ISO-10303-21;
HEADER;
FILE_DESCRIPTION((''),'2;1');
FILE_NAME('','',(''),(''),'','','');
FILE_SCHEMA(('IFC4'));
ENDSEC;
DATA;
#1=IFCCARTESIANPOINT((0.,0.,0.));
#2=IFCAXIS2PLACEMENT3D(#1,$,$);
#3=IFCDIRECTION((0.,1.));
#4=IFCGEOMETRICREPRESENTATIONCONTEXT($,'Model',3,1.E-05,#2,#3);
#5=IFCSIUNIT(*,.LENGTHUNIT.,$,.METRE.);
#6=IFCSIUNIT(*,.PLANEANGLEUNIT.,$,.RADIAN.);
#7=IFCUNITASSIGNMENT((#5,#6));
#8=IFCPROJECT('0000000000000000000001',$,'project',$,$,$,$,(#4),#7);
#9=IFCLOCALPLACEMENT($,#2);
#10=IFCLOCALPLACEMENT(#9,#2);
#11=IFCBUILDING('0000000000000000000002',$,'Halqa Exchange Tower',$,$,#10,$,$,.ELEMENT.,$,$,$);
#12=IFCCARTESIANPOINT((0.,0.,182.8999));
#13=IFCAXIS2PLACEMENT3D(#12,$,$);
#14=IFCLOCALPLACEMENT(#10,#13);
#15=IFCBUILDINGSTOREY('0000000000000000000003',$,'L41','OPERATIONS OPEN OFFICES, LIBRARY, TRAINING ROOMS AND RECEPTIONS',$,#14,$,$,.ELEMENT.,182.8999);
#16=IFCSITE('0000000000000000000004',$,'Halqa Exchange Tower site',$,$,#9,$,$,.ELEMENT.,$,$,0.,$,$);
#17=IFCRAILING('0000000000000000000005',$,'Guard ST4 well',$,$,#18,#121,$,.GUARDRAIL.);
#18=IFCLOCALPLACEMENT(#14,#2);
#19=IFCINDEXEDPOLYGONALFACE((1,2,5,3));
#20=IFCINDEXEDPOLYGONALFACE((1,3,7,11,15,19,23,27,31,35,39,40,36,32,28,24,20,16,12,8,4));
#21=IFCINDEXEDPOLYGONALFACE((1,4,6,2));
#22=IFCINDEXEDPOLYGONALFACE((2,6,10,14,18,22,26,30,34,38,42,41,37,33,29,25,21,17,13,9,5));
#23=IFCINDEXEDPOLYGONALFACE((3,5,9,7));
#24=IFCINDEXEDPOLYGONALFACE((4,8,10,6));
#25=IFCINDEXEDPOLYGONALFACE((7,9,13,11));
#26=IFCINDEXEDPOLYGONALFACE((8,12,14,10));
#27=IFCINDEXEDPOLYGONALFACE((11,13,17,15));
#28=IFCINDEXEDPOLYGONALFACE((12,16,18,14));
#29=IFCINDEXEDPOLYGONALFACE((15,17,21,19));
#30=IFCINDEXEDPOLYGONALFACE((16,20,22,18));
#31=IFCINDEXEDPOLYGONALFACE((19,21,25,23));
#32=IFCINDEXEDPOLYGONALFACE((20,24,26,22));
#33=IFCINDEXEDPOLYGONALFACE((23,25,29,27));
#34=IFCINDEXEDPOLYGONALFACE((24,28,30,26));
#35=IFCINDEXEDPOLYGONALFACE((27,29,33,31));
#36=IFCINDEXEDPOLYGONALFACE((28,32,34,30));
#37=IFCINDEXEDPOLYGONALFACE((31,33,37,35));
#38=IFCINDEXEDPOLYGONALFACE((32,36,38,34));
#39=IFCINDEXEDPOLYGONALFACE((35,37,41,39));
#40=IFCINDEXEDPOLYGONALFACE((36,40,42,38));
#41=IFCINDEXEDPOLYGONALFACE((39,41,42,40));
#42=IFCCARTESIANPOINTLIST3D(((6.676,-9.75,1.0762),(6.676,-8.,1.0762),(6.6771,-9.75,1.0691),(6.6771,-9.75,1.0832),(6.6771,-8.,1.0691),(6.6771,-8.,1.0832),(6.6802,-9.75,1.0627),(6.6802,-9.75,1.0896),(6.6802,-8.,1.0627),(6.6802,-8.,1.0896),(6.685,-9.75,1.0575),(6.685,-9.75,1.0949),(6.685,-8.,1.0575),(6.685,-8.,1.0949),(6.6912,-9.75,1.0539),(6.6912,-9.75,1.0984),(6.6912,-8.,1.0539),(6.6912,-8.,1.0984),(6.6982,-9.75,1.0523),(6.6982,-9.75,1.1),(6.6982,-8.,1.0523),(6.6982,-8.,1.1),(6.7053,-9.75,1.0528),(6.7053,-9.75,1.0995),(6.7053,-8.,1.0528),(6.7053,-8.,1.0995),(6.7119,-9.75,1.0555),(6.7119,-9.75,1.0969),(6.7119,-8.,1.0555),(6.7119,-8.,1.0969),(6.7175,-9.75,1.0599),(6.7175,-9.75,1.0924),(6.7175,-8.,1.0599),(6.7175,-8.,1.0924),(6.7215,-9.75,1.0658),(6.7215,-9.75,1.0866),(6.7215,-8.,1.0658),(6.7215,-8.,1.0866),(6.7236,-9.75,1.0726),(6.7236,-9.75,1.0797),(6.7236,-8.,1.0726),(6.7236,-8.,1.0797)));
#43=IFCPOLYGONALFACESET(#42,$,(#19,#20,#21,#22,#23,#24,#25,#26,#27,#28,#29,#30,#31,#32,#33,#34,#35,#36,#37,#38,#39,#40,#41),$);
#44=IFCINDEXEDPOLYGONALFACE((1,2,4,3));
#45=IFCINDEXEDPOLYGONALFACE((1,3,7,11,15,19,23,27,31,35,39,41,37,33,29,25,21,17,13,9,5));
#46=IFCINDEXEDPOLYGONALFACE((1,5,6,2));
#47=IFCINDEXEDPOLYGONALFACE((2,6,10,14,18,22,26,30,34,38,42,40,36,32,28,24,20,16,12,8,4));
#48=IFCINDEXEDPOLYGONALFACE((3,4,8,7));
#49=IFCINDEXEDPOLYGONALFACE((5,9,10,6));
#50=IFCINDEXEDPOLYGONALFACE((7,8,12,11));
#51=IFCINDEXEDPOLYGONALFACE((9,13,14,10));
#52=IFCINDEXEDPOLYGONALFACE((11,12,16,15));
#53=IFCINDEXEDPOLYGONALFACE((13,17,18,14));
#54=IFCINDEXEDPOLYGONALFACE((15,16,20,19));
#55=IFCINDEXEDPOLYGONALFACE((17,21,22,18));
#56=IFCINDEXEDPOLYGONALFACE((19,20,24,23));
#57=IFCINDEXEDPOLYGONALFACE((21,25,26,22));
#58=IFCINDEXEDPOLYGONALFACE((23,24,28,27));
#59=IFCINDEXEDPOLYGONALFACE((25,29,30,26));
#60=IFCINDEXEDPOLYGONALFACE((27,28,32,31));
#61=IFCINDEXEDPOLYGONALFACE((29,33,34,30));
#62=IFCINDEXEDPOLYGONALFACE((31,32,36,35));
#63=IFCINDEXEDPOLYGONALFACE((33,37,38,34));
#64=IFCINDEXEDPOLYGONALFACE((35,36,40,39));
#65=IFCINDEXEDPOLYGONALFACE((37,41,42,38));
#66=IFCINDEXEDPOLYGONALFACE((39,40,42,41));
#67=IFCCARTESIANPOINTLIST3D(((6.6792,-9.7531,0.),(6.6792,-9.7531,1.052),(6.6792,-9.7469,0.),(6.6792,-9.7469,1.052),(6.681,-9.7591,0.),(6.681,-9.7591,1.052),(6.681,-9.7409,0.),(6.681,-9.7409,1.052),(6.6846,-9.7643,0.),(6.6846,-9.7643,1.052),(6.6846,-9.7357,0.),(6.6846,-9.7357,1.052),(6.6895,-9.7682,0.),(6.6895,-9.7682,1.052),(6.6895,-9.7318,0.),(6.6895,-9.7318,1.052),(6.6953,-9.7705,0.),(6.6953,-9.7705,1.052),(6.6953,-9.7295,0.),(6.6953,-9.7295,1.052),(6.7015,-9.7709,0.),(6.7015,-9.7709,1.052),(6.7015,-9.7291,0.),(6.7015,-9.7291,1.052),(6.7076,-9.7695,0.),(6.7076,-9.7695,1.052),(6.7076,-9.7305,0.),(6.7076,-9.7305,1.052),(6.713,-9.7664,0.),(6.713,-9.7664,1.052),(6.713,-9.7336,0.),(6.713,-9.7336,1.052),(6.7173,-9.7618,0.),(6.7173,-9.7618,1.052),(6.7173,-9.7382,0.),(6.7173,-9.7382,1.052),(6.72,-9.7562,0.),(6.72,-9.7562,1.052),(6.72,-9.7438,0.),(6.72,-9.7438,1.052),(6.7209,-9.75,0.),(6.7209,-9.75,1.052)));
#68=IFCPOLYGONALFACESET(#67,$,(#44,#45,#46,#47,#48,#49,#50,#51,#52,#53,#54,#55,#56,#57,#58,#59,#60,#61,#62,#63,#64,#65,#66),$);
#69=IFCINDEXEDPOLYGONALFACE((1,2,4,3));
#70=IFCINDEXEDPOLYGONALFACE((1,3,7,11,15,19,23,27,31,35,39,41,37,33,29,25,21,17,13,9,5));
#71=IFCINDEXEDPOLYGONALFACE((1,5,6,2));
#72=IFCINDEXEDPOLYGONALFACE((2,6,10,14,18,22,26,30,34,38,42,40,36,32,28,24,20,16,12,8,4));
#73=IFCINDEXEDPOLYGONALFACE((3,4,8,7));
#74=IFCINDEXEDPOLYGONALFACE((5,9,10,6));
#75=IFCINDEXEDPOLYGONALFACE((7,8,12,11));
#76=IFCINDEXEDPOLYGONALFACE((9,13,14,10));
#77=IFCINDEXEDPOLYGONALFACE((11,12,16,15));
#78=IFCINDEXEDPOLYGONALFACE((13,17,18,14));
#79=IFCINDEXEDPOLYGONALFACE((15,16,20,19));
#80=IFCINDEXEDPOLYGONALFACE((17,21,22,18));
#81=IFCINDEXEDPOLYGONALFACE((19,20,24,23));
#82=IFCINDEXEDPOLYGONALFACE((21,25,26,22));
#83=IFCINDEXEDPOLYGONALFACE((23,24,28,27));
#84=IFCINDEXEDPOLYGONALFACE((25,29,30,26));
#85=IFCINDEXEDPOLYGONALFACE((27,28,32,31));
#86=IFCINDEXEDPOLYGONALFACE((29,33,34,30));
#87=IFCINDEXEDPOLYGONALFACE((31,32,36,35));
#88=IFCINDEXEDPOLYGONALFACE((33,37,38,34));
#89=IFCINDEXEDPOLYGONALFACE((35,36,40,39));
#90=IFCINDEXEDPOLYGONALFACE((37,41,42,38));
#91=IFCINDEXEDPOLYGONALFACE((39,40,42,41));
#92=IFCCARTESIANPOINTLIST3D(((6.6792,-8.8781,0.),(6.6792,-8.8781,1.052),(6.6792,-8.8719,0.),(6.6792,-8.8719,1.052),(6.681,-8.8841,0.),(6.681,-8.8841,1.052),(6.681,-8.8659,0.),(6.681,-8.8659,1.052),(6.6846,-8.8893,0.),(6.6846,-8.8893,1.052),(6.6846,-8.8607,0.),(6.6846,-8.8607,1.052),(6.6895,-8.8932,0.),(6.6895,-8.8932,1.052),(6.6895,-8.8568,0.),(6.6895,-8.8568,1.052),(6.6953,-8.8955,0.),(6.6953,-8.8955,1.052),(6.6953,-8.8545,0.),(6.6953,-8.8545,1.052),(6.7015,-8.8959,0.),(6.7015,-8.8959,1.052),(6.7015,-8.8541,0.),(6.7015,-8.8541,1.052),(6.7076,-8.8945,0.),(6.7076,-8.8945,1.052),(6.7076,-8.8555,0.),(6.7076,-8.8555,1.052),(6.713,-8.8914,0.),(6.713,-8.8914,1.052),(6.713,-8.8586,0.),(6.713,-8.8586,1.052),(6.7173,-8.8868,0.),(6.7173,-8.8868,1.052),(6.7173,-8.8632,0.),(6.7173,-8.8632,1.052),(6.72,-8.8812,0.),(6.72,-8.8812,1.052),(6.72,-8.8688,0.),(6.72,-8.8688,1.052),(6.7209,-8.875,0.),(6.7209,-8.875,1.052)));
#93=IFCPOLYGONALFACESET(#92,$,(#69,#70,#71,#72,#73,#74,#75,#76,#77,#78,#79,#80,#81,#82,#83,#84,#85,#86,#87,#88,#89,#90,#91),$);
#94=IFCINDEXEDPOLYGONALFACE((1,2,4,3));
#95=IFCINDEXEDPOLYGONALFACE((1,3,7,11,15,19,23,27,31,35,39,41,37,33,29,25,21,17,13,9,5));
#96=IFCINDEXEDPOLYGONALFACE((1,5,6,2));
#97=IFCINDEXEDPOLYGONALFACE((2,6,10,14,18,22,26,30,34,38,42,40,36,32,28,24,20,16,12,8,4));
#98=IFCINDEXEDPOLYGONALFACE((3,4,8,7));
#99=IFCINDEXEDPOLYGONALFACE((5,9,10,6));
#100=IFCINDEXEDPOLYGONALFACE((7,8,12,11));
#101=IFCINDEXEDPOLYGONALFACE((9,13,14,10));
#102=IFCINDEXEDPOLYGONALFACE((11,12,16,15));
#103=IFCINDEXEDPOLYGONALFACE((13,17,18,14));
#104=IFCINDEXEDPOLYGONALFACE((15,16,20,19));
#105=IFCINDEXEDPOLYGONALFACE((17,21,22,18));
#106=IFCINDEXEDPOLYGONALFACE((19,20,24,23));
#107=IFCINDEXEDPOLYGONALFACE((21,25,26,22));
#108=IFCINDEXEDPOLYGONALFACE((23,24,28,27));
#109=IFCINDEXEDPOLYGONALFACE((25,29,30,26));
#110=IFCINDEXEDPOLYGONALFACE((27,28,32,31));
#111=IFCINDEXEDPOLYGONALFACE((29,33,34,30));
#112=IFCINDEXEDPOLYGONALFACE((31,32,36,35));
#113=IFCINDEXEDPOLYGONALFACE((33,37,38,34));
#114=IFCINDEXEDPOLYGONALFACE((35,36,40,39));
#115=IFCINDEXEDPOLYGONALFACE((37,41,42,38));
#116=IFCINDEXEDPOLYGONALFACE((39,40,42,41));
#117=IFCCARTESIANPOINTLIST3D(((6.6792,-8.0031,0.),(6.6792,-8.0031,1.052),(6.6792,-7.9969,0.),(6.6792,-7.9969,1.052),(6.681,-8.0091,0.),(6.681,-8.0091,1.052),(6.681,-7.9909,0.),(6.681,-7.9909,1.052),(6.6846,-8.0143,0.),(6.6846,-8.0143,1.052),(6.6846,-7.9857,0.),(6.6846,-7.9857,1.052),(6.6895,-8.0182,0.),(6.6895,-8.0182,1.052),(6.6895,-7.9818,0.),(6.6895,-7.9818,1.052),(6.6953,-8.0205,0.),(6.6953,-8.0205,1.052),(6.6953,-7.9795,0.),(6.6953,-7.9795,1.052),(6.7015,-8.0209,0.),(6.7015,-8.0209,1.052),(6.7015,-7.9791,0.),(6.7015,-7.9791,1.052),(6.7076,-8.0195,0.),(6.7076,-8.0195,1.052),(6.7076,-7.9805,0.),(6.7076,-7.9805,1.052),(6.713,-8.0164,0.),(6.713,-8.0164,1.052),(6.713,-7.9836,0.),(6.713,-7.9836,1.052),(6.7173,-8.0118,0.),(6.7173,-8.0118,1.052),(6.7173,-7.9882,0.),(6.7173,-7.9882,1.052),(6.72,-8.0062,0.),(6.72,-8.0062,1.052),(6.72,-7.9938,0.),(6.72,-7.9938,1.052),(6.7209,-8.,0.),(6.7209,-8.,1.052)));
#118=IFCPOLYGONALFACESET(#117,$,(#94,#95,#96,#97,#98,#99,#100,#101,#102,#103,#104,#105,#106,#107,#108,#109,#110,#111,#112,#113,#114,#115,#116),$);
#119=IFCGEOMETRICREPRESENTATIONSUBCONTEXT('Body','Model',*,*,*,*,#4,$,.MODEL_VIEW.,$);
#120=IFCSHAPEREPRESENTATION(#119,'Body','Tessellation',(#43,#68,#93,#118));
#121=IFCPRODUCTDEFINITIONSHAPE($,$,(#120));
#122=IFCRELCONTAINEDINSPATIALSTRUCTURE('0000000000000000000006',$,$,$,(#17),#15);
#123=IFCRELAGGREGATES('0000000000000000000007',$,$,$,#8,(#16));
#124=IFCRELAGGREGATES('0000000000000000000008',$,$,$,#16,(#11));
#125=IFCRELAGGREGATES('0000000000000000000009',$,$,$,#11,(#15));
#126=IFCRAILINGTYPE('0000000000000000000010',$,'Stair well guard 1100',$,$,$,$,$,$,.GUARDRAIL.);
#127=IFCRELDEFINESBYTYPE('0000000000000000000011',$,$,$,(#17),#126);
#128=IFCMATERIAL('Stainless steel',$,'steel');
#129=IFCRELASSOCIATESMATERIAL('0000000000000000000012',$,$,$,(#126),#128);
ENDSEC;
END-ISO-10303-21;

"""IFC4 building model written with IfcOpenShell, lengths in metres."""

from ifc_helpers import new_model, si_unit, direction, frame, origin, origin_2d, place, context, subcontext, project, spatial, circle, extrude, material, type_object, element, save


model = new_model("IFC4")

# Units and contexts
model_context = context("Model", 3, precision=1e-05, world=origin(), true_north=direction((0.0, 1.0)))
body_context = subcontext(model_context, "Body", "Model", "MODEL_VIEW")
ifc_project = project(units=[si_unit("LENGTHUNIT", "METRE"), si_unit("PLANEANGLEUNIT", "RADIAN")], contexts=[model_context])

# Site, building, storey
site_placement = place(None, origin())
site = spatial("IfcSite", under=ifc_project, at=site_placement, Name="Halqa Exchange Tower site", CompositionType="ELEMENT", RefElevation=0.0)
building_placement = place(site_placement, origin())
building = spatial("IfcBuilding", under=site, at=building_placement, Name="Halqa Exchange Tower", CompositionType="ELEMENT")
storey_placement = place(building_placement, frame((0.0, 0.0, 182.8999)))
storey = spatial("IfcBuildingStorey", under=building, at=storey_placement, Name="L41", Description="OPERATIONS OPEN OFFICES, LIBRARY, TRAINING ROOMS AND RECEPTIONS", CompositionType="ELEMENT", Elevation=182.8999)

# Railing
ifc_material_1 = material(Name="Stainless steel", Category="steel")
railing_type_1 = type_object("IfcRailingType", Name="Stair well guard 1100", PredefinedType="GUARDRAIL", material=ifc_material_1)
railing_1_placement = place(storey_placement, frame((6.7, -9.75, 0.0)))
element("IfcRailing", 1, at=railing_1_placement, inside=storey, type_object=railing_type_1, Name="Guard ST4 well", PredefinedType="GUARDRAIL", context=body_context, shape_type="SweptSolid", body=[
    extrude(circle(Radius=0.0239, at=origin_2d()), frame((0.0, 0.0, 1.0762), z_axis=(0.0, 1.0, 0.0), x_axis=(-1.0, 0.0, 0.0)), (0.0, 0.0, 1.0), 1.75),
    extrude(circle(Radius=0.021, at=origin_2d()), origin(), (0.0, 0.0, 1.0), 1.052),
    extrude(circle(Radius=0.021, at=origin_2d()), frame((0.0, 0.875, 0.0)), (0.0, 0.0, 1.0), 1.052),
    extrude(circle(Radius=0.021, at=origin_2d()), frame((0.0, 1.75, 0.0)), (0.0, 0.0, 1.0), 1.052),
])

save(model, "model.ifc")
